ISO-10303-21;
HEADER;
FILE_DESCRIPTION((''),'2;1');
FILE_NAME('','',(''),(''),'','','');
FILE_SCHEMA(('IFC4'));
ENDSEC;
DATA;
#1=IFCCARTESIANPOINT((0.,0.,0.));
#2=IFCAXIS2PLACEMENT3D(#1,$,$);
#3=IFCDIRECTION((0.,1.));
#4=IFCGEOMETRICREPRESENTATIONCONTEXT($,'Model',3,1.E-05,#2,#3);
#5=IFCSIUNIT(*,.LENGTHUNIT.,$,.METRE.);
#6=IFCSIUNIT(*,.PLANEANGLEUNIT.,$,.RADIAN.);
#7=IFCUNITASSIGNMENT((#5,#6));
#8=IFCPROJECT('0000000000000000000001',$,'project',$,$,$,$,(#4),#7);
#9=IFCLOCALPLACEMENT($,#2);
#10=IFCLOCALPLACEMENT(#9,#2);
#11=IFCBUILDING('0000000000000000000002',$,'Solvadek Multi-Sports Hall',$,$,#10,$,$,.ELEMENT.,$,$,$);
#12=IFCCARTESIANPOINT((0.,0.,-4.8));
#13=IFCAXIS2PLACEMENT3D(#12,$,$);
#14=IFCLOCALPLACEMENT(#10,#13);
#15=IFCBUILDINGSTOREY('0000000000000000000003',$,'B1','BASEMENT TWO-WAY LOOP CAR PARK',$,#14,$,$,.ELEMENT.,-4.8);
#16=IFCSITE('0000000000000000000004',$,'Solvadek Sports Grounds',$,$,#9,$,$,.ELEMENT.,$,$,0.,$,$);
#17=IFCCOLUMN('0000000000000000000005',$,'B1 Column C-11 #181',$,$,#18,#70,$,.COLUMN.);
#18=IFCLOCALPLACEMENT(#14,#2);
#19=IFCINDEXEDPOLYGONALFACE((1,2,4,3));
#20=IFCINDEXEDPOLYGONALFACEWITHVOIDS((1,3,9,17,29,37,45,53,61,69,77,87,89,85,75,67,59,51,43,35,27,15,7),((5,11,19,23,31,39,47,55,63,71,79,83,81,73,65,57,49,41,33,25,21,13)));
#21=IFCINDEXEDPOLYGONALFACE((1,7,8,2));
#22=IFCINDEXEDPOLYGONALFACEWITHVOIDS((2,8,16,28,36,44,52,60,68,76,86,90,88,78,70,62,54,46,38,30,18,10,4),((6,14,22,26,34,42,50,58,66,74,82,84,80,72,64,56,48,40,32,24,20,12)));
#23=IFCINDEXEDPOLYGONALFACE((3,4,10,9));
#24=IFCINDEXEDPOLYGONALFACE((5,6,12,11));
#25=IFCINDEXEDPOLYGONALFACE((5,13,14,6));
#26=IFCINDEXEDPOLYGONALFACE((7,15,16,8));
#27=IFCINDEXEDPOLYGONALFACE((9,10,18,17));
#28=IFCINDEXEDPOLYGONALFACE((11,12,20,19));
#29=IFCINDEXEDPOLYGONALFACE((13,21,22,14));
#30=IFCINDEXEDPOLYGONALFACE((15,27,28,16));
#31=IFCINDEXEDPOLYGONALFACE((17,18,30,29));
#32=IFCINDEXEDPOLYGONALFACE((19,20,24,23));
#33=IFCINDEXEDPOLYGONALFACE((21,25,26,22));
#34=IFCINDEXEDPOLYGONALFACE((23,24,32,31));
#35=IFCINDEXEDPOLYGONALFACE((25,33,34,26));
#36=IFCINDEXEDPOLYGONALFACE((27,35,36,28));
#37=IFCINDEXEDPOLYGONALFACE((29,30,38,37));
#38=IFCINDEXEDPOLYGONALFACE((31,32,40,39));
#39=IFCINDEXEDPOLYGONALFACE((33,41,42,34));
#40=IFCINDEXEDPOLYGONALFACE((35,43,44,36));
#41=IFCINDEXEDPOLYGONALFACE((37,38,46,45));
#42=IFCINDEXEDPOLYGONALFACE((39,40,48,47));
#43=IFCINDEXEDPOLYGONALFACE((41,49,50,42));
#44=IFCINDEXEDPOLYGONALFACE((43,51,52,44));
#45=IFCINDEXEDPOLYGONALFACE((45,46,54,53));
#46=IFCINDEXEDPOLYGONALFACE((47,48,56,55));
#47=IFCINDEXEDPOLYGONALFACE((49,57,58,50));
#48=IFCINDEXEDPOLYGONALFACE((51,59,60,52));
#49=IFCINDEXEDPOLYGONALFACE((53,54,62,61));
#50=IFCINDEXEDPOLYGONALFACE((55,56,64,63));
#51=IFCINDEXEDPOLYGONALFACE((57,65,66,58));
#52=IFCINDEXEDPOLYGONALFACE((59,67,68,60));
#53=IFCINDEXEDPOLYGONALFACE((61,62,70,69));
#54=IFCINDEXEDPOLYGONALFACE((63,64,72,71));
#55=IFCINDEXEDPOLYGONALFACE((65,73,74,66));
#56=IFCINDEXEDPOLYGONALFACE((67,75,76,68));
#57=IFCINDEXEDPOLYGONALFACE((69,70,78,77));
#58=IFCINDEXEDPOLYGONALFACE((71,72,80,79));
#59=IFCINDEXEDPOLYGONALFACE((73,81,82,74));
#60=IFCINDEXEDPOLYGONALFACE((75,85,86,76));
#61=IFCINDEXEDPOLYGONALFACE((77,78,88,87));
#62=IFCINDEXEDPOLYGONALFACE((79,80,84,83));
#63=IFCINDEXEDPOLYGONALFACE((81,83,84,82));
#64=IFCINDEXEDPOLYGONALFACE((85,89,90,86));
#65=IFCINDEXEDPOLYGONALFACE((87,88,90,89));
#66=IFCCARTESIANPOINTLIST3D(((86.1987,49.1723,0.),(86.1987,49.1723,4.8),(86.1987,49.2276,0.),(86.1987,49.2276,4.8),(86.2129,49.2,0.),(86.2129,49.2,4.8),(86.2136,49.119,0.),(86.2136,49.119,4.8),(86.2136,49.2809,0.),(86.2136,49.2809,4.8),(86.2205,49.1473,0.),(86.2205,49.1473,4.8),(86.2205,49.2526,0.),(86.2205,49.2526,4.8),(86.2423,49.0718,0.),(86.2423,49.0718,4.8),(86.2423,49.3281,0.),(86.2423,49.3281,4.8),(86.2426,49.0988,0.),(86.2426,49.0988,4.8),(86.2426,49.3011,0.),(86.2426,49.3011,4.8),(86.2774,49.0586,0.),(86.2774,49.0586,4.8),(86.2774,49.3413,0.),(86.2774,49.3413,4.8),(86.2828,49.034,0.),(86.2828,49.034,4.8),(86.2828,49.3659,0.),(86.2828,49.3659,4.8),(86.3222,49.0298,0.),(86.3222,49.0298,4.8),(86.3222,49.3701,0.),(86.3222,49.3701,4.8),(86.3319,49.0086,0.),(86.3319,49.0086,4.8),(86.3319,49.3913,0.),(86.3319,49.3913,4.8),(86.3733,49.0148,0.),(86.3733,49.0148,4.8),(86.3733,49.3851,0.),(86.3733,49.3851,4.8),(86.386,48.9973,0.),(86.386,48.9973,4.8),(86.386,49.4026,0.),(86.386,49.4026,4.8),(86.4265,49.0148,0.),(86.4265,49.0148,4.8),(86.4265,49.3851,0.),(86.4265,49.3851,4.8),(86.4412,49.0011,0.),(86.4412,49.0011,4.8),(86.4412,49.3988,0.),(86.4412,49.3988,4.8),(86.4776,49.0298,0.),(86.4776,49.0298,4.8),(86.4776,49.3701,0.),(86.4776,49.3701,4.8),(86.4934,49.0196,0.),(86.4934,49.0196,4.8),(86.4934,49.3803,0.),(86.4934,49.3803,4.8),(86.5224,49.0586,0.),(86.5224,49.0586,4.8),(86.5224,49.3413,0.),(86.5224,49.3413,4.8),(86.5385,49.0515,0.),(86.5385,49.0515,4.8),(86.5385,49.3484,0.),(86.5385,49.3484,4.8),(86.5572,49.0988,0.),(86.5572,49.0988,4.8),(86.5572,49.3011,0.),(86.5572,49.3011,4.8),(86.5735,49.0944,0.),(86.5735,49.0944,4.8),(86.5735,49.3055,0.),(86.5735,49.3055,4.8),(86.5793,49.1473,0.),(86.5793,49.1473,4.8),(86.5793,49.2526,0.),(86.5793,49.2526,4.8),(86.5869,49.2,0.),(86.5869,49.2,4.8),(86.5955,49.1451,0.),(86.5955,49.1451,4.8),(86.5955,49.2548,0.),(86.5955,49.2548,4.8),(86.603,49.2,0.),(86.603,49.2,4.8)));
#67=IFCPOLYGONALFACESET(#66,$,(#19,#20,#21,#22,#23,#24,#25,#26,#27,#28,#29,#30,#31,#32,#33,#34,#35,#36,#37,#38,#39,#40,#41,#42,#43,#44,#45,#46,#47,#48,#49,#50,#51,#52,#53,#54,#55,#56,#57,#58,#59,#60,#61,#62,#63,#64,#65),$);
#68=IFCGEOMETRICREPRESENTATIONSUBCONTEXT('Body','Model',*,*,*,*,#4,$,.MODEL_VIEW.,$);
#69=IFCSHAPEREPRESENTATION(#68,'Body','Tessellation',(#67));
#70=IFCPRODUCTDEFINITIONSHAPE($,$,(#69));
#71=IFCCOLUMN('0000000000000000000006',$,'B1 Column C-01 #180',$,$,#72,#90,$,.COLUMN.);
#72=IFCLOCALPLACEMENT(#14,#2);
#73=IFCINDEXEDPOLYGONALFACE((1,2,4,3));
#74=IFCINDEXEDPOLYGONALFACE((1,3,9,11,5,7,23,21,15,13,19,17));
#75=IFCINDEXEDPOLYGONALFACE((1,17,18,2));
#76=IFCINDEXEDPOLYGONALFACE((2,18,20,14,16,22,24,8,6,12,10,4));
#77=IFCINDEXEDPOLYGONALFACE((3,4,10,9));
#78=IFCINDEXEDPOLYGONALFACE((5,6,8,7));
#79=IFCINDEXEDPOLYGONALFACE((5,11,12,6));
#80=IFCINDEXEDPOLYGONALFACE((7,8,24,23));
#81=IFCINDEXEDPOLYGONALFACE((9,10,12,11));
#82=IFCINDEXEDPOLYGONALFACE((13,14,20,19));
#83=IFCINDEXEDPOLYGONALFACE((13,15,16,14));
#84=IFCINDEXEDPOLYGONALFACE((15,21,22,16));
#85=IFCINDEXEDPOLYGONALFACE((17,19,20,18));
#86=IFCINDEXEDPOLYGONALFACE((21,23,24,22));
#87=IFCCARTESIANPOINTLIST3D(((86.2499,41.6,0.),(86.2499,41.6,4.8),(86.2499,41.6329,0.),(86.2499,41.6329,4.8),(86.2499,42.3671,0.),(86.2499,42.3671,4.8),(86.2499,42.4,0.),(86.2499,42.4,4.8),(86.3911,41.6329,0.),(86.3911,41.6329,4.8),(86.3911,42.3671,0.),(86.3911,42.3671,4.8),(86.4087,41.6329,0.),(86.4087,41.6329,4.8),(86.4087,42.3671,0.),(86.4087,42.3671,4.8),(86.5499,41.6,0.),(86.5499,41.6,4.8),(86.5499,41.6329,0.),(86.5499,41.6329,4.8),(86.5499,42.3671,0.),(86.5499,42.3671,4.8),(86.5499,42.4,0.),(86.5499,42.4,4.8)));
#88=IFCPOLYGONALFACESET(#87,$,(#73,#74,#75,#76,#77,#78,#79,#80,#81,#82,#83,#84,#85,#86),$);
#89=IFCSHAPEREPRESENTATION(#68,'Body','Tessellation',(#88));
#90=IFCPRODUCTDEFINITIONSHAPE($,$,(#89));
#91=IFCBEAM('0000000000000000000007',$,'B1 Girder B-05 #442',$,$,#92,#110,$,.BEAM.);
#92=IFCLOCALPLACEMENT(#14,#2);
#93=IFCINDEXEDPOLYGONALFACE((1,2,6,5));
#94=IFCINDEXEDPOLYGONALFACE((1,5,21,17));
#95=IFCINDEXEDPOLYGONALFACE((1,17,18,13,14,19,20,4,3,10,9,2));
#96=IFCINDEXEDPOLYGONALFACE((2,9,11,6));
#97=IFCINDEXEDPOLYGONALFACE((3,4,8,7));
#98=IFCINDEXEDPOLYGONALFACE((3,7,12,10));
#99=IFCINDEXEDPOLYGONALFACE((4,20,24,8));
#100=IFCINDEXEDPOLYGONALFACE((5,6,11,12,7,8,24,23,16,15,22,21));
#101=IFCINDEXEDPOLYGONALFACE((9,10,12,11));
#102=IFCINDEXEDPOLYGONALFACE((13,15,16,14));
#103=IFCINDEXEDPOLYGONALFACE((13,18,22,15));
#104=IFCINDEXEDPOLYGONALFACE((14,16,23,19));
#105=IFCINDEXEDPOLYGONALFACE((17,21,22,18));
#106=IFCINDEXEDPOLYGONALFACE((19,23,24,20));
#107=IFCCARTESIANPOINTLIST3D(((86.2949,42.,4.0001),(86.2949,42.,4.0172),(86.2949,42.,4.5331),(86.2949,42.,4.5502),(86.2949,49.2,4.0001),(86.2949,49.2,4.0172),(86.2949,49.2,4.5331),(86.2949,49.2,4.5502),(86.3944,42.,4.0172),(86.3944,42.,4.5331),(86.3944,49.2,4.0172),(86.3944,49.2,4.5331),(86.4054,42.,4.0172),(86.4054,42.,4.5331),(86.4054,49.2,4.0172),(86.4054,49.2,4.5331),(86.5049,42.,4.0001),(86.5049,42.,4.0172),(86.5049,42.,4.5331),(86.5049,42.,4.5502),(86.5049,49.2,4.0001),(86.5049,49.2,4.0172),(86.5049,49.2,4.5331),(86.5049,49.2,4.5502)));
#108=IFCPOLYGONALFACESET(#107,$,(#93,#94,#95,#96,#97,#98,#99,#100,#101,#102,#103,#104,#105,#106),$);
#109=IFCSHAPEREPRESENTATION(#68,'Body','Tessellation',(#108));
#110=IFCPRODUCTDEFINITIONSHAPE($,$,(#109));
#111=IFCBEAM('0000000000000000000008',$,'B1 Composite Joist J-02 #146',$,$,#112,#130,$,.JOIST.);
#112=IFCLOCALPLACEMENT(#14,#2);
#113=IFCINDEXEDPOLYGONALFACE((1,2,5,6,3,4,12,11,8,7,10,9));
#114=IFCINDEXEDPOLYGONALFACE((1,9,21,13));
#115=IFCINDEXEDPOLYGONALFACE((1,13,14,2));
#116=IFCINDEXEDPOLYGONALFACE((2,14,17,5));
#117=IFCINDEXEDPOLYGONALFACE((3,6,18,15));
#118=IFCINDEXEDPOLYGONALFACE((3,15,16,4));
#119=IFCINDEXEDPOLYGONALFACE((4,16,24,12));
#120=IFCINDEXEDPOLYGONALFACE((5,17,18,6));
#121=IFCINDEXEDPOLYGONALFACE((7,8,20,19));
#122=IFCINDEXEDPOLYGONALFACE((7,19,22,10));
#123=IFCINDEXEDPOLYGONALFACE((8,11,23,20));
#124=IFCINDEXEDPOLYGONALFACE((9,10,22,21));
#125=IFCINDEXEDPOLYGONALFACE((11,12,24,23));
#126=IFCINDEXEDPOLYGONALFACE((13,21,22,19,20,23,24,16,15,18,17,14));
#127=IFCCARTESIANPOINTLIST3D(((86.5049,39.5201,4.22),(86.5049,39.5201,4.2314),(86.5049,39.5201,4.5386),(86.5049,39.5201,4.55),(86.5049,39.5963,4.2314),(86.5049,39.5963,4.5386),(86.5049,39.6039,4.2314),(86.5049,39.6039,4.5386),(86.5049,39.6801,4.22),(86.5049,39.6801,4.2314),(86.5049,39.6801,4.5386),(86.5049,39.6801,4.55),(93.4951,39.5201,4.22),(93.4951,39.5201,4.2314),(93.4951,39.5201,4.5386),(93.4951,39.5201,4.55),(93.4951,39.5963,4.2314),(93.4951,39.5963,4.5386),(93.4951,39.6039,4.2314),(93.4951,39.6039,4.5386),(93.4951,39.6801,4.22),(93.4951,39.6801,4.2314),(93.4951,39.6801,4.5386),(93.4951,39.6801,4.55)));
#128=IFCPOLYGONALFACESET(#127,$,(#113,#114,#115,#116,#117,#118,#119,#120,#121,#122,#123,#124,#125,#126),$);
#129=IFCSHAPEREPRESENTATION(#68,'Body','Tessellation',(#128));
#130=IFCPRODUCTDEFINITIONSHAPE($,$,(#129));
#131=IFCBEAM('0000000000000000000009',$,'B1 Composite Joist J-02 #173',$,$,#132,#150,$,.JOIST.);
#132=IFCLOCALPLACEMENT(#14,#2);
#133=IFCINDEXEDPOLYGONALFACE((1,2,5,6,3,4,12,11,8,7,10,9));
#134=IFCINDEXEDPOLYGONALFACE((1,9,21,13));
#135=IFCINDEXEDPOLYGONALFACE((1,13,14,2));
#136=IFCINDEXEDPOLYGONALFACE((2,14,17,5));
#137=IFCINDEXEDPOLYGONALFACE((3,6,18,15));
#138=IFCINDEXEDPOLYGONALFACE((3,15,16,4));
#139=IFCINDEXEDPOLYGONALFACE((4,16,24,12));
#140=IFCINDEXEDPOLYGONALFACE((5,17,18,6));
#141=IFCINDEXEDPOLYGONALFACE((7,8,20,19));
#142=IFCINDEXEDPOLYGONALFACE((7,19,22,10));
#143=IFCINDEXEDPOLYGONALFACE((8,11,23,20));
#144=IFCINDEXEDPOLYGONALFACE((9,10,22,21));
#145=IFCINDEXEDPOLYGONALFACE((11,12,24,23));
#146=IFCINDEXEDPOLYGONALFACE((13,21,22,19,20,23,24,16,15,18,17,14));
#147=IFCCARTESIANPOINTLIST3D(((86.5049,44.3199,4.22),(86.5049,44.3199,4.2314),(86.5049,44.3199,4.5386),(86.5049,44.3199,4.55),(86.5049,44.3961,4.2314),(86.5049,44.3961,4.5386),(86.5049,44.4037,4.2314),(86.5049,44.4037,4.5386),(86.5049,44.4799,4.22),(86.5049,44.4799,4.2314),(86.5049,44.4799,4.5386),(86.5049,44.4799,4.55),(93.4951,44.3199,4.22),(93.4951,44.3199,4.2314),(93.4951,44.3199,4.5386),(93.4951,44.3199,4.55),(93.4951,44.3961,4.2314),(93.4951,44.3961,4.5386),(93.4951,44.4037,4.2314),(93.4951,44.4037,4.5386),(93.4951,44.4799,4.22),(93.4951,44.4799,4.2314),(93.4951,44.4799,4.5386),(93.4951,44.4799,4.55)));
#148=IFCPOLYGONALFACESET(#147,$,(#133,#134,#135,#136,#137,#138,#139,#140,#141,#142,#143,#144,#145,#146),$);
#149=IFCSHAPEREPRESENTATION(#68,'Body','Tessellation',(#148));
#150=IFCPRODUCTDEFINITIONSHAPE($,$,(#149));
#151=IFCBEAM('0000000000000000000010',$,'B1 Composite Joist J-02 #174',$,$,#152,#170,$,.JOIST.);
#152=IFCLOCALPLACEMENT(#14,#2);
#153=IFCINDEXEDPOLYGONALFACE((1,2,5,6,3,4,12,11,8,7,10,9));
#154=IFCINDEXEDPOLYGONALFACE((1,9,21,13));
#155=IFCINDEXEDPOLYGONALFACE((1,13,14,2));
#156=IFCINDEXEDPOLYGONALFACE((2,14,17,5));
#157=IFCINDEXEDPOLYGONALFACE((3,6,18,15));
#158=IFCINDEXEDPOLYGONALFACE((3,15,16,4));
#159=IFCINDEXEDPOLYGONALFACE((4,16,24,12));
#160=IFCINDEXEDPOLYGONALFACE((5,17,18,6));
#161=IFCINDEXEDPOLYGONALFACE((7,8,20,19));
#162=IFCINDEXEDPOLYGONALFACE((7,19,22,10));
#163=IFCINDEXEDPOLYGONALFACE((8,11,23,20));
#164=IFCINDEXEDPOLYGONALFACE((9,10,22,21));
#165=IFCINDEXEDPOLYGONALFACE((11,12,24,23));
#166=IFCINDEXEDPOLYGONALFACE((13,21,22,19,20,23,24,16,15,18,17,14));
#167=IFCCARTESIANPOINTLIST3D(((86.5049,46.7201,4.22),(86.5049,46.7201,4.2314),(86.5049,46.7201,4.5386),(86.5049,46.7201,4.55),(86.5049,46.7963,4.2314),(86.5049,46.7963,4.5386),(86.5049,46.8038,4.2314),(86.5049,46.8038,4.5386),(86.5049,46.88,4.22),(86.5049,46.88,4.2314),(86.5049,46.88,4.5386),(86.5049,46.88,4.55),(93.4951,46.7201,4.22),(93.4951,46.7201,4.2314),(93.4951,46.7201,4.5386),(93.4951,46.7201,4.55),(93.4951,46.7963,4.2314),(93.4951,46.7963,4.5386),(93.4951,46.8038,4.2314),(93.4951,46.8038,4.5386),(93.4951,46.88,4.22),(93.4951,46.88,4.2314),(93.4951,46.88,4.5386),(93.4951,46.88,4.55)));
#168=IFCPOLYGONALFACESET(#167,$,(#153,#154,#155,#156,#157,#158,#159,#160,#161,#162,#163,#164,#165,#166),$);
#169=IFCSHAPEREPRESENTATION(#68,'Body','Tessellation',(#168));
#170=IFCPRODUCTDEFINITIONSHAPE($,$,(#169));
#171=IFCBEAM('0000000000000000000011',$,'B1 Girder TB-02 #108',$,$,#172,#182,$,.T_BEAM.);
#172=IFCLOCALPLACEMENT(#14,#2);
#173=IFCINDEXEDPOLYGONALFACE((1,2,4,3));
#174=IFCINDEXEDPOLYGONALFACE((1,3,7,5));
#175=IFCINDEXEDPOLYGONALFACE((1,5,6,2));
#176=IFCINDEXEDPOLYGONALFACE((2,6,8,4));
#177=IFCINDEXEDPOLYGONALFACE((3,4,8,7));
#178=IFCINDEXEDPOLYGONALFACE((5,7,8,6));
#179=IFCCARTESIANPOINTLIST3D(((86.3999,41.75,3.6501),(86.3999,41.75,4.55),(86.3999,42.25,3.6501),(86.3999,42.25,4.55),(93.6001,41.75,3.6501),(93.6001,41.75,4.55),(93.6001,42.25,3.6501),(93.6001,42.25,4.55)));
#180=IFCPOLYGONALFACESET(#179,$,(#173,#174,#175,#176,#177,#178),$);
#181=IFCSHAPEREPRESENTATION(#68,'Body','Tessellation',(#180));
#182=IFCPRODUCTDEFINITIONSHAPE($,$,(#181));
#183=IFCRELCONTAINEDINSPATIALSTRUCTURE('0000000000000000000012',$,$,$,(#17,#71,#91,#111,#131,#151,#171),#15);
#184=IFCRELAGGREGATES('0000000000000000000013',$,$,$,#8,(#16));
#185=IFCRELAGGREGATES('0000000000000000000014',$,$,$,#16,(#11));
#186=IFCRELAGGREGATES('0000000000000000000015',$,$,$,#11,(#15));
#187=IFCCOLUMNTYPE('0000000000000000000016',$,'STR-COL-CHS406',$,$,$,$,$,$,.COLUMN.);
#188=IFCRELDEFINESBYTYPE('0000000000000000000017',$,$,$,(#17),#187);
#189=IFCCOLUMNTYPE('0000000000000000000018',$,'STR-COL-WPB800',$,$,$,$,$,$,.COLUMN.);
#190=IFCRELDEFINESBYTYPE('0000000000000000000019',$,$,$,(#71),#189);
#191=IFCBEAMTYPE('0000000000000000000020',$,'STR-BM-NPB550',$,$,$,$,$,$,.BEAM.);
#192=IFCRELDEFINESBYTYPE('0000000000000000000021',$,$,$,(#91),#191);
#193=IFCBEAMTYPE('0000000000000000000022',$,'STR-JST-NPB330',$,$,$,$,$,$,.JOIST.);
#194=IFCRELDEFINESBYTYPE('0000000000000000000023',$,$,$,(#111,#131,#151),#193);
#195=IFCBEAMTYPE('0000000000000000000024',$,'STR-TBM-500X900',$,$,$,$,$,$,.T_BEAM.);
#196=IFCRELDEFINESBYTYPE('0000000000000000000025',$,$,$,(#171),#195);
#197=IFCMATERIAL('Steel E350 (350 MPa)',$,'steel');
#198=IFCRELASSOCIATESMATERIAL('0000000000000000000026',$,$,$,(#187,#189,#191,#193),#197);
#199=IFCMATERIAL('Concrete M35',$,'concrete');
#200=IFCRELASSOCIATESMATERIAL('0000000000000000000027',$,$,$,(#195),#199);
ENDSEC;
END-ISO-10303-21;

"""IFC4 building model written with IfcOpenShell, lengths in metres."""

from ifc_helpers import new_model, si_unit, direction, frame, origin, origin_2d, place, context, subcontext, project, spatial, rectangle, hollow_circle, i_section, extrude, material, material_profile, profile_set, type_object, element, save


model = new_model("IFC4")

# Units and contexts
model_context = context("Model", 3, precision=1e-05, world=origin(), true_north=direction((0.0, 1.0)))
body_context = subcontext(model_context, "Body", "Model", "MODEL_VIEW")
ifc_project = project(units=[si_unit("LENGTHUNIT", "METRE"), si_unit("PLANEANGLEUNIT", "RADIAN")], contexts=[model_context])

# Site, building, storey
site_placement = place(None, origin())
site = spatial("IfcSite", under=ifc_project, at=site_placement, Name="Solvadek Sports Grounds", CompositionType="ELEMENT", RefElevation=0.0)
building_placement = place(site_placement, origin())
building = spatial("IfcBuilding", under=site, at=building_placement, Name="Solvadek Multi-Sports Hall", CompositionType="ELEMENT")
storey_placement = place(building_placement, frame((0.0, 0.0, -4.8)))
storey = spatial("IfcBuildingStorey", under=building, at=storey_placement, Name="B1", Description="BASEMENT TWO-WAY LOOP CAR PARK", CompositionType="ELEMENT", Elevation=-4.8)

# Shared definitions
ifc_material_1 = material(Name="Concrete M35", Category="concrete")

# Columns
ifc_material_2 = material(Name="Steel E350 (350 MPa)", Category="steel")
ifc_material_profile_1 = material_profile(ifc_material_2, hollow_circle(Radius=0.2031, WallThickness=0.0161, at=origin_2d()), Name="CHS 406.4x16")
ifc_profile_set_1 = profile_set([ifc_material_profile_1], Name="Steel E350 (350 MPa)")
column_type_1 = type_object("IfcColumnType", Name="STR-COL-CHS406", PredefinedType="COLUMN", material=ifc_profile_set_1)
column_1_placement = place(storey_placement, frame((86.3999, 49.2, 0.0), z_axis=(0.0, 0.0, 1.0), x_axis=(1.0, 0.0, 0.0)))
element("IfcColumn", 1, at=column_1_placement, inside=storey, type_object=column_type_1, Name="B1 Column C-11 #181", PredefinedType="COLUMN", context=body_context, shape_type="SweptSolid", body=[
    extrude(hollow_circle(Radius=0.2031, WallThickness=0.0161, at=origin_2d()), origin(), (0.0, 0.0, 1.0), 4.8),
])
ifc_material_profile_2 = material_profile(ifc_material_2, i_section(OverallWidth=0.3, OverallDepth=0.8, WebThickness=0.0176, FlangeThickness=0.033, at=origin_2d()), Name="WPB 800")
ifc_profile_set_2 = profile_set([ifc_material_profile_2], Name="Steel E350 (350 MPa)")
column_type_2 = type_object("IfcColumnType", Name="STR-COL-WPB800", PredefinedType="COLUMN", material=ifc_profile_set_2)
column_2_placement = place(storey_placement, frame((86.3999, 42.0, 0.0), z_axis=(0.0, 0.0, 1.0), x_axis=(1.0, 0.0, 0.0)))
element("IfcColumn", 2, at=column_2_placement, inside=storey, type_object=column_type_2, Name="B1 Column C-01 #180", PredefinedType="COLUMN", context=body_context, shape_type="SweptSolid", body=[
    extrude(i_section(OverallWidth=0.3, OverallDepth=0.8, WebThickness=0.0176, FlangeThickness=0.033, at=origin_2d()), origin(), (0.0, 0.0, 1.0), 4.8),
])

# Beams
ifc_material_profile_3 = material_profile(ifc_material_2, i_section(OverallWidth=0.21, OverallDepth=0.55, WebThickness=0.011, FlangeThickness=0.0171, at=origin_2d()), Name="NPB 550")
ifc_profile_set_3 = profile_set([ifc_material_profile_3], Name="Steel E350 (350 MPa)")
beam_type_1 = type_object("IfcBeamType", Name="STR-BM-NPB550", PredefinedType="BEAM", material=ifc_profile_set_3)
beam_1_placement = place(storey_placement, frame((86.3999, 42.0, 4.2751), z_axis=(0.0, 1.0, 0.0), x_axis=(-1.0, 0.0, 0.0)))
element("IfcBeam", 3, at=beam_1_placement, inside=storey, type_object=beam_type_1, Name="B1 Girder B-05 #442", PredefinedType="BEAM", context=body_context, shape_type="SweptSolid", body=[
    extrude(i_section(OverallWidth=0.21, OverallDepth=0.55, WebThickness=0.011, FlangeThickness=0.0171, at=origin_2d()), origin(), (0.0, 0.0, 1.0), 7.2),
])
ifc_material_profile_4 = material_profile(ifc_material_2, i_section(OverallWidth=0.1599, OverallDepth=0.3301, WebThickness=0.0076, FlangeThickness=0.0115, at=origin_2d()), Name="NPB 330")
ifc_profile_set_4 = profile_set([ifc_material_profile_4], Name="Steel E350 (350 MPa)")
beam_type_2 = type_object("IfcBeamType", Name="STR-JST-NPB330", PredefinedType="JOIST", material=ifc_profile_set_4)
for number, where, z_axis, x_axis, name in (
    (4, (86.5049, 39.6001, 4.385), (1.0, 0.0, 0.0), (0.0, 1.0, 0.0), "B1 Composite Joist J-02 #146"),
    (5, (86.5049, 44.3999, 4.385), (1.0, 0.0, 0.0), (0.0, 1.0, 0.0), "B1 Composite Joist J-02 #173"),
    (6, (86.5049, 46.8, 4.385), (1.0, 0.0, 0.0), (0.0, 1.0, 0.0), "B1 Composite Joist J-02 #174"),
):
    element("IfcBeam", number, at=place(storey_placement, frame(where, z_axis=z_axis, x_axis=x_axis)), inside=storey, type_object=beam_type_2, Name=name, PredefinedType="JOIST", context=body_context, shape_type="SweptSolid", body=[
        extrude(i_section(OverallWidth=0.1599, OverallDepth=0.3301, WebThickness=0.0076, FlangeThickness=0.0115, at=origin_2d()), origin(), (0.0, 0.0, 1.0), 6.9902),
    ])
ifc_material_profile_5 = material_profile(ifc_material_1, rectangle(XDim=0.5, YDim=0.8999, at=origin_2d()), Name="RC T-BEAM 500x900")
ifc_profile_set_5 = profile_set([ifc_material_profile_5], Name="Concrete M35")
beam_type_3 = type_object("IfcBeamType", Name="STR-TBM-500X900", PredefinedType="T_BEAM", material=ifc_profile_set_5)
beam_2_placement = place(storey_placement, frame((86.3999, 42.0, 4.1001), z_axis=(1.0, 0.0, 0.0), x_axis=(0.0, 1.0, 0.0)))
element("IfcBeam", 7, at=beam_2_placement, inside=storey, type_object=beam_type_3, Name="B1 Girder TB-02 #108", PredefinedType="T_BEAM", context=body_context, shape_type="SweptSolid", body=[
    extrude(rectangle(XDim=0.5, YDim=0.8999, at=origin_2d()), origin(), (0.0, 0.0, 1.0), 7.2002),
])

save(model, "model.ifc")
